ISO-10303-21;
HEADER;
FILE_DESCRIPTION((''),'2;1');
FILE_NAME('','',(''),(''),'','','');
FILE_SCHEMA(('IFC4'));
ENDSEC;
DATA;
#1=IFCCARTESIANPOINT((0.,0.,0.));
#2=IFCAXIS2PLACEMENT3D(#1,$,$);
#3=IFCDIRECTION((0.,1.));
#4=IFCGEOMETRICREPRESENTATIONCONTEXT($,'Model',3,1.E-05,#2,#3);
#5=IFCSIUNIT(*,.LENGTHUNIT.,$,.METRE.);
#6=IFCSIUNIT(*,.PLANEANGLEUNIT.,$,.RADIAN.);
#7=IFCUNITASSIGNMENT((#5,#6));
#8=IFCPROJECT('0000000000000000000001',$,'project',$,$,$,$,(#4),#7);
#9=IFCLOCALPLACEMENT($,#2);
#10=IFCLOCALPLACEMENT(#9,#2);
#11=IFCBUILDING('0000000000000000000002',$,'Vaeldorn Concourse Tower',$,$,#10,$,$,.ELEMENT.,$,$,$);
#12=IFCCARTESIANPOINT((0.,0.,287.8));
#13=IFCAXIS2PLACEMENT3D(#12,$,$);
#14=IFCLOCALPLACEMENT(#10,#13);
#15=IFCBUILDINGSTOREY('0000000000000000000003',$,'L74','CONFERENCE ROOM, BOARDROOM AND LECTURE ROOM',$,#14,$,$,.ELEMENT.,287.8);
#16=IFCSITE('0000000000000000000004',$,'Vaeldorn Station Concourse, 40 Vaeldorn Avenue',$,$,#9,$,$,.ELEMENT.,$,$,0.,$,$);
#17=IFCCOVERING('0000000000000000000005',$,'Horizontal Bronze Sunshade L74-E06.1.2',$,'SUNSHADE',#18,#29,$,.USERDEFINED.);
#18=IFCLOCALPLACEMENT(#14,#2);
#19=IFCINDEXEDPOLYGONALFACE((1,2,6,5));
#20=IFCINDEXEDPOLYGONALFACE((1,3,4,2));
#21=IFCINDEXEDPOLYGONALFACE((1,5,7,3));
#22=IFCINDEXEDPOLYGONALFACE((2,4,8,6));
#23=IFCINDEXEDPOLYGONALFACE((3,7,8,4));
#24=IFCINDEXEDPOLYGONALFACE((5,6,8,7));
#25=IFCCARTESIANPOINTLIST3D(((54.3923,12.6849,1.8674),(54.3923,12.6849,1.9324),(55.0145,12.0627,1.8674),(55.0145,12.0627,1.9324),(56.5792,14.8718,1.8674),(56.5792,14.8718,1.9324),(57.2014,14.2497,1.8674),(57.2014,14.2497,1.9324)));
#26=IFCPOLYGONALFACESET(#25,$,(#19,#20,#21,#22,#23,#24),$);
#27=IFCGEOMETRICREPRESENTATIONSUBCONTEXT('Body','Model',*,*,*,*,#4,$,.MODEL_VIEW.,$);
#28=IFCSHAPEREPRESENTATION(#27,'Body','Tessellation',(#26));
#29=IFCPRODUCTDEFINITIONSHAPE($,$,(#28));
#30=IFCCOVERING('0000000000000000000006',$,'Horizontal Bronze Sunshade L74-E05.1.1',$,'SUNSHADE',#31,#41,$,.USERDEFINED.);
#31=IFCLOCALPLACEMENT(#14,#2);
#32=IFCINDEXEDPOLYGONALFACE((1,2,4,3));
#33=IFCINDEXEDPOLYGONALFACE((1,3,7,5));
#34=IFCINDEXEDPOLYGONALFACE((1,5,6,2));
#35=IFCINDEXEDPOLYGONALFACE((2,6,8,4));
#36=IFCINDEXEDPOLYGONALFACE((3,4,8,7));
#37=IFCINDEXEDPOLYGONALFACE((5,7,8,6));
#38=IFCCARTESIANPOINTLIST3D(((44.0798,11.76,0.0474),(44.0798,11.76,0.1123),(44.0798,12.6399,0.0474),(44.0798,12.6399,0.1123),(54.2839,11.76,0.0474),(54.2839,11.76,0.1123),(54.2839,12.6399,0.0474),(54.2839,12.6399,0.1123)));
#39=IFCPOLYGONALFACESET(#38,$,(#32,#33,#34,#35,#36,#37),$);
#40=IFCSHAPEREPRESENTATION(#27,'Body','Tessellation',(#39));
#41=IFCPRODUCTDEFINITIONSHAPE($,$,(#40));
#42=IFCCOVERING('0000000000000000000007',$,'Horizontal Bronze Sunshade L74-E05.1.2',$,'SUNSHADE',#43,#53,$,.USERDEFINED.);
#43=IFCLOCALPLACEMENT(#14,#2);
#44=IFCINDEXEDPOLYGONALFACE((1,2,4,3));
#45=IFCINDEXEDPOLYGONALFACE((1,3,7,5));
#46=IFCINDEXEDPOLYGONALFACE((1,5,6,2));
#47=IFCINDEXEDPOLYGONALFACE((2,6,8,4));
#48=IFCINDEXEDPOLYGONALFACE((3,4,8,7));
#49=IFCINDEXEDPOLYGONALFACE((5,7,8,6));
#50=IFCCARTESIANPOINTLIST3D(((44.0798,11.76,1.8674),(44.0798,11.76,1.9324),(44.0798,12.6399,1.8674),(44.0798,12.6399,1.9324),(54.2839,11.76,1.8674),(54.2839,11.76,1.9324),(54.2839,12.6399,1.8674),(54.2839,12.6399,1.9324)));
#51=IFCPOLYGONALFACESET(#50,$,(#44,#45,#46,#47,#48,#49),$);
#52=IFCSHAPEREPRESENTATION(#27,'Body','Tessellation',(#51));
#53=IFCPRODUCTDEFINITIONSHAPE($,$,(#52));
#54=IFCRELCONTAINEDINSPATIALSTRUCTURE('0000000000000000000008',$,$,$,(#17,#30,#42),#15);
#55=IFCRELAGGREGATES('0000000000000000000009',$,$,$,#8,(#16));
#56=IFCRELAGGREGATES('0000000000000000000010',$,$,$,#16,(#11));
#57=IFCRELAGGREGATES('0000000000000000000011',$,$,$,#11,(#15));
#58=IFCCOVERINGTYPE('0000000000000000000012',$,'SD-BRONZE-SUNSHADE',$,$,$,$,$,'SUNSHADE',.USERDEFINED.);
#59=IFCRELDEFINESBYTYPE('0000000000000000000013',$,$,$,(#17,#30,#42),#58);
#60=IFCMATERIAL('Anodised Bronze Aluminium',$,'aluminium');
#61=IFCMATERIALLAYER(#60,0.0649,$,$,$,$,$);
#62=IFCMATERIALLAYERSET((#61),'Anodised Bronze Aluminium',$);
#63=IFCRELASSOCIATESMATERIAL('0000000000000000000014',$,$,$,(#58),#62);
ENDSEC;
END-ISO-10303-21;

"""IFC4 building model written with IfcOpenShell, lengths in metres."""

from ifc_helpers import new_model, si_unit, direction, frame, origin, origin_2d, place, context, subcontext, project, spatial, rectangle, extrude, source, transform, mapped, material, layer, layer_set, type_object, element, save


model = new_model("IFC4")

# Units and contexts
model_context = context("Model", 3, precision=1e-05, world=origin(), true_north=direction((0.0, 1.0)))
body_context = subcontext(model_context, "Body", "Model", "MODEL_VIEW")
ifc_project = project(units=[si_unit("LENGTHUNIT", "METRE"), si_unit("PLANEANGLEUNIT", "RADIAN")], contexts=[model_context])

# Site, building, storey
site_placement = place(None, origin())
site = spatial("IfcSite", under=ifc_project, at=site_placement, Name="Vaeldorn Station Concourse, 40 Vaeldorn Avenue", CompositionType="ELEMENT", RefElevation=0.0)
building_placement = place(site_placement, origin())
building = spatial("IfcBuilding", under=site, at=building_placement, Name="Vaeldorn Concourse Tower", CompositionType="ELEMENT")
storey_placement = place(building_placement, frame((0.0, 0.0, 287.8)))
storey = spatial("IfcBuildingStorey", under=building, at=storey_placement, Name="L74", Description="CONFERENCE ROOM, BOARDROOM AND LECTURE ROOM", CompositionType="ELEMENT", Elevation=287.8)

# Shared definitions
ifc_material_1 = material(Name="Anodised Bronze Aluminium", Category="aluminium")

# Coverings
ifc_layer_1 = layer(ifc_material_1, 0.0649)
ifc_layer_set_1 = layer_set([ifc_layer_1], Name="Anodised Bronze Aluminium")
covering_type = type_object("IfcCoveringType", Name="SD-BRONZE-SUNSHADE", ElementType="SUNSHADE", PredefinedType="USERDEFINED", material=ifc_layer_set_1)
shared_shape_1 = source(origin(), body_context, "Body", "SweptSolid", [
    extrude(rectangle(XDim=3.0928, YDim=0.8799, at=origin_2d()), origin(), (0.0, 0.0, 1.0), 0.0649),
])
for number, where, z_axis, x_axis, name in (
    (1, (55.7969, 13.4673, 1.8674), (0.0, 0.0, 1.0), (0.707107, 0.707107, 0.0), "Horizontal Bronze Sunshade L74-E06.1.2"),
):
    element("IfcCovering", number, at=place(storey_placement, frame(where, z_axis=z_axis, x_axis=x_axis)), inside=storey, type_object=covering_type, Name=name, ObjectType="SUNSHADE", PredefinedType="USERDEFINED", context=body_context, shape_type="MappedRepresentation", body=[
        mapped(shared_shape_1, transform((0.0, 0.0, 0.0), scale=1.0)),
    ])
shared_shape_2 = source(origin(), body_context, "Body", "SweptSolid", [
    extrude(rectangle(XDim=10.2041, YDim=0.8799, at=origin_2d()), origin(), (0.0, 0.0, 1.0), 0.0649),
])
for number, where, z_axis, x_axis, name in (
    (2, (49.1819, 12.2, 0.0474), (0.0, 0.0, 1.0), (1.0, 0.0, 0.0), "Horizontal Bronze Sunshade L74-E05.1.1"),
    (3, (49.1819, 12.2, 1.8674), (0.0, 0.0, 1.0), (1.0, 0.0, 0.0), "Horizontal Bronze Sunshade L74-E05.1.2"),
):
    element("IfcCovering", number, at=place(storey_placement, frame(where, z_axis=z_axis, x_axis=x_axis)), inside=storey, type_object=covering_type, Name=name, ObjectType="SUNSHADE", PredefinedType="USERDEFINED", context=body_context, shape_type="MappedRepresentation", body=[
        mapped(shared_shape_2, transform((0.0, 0.0, 0.0), scale=1.0)),
    ])

save(model, "model.ifc")
